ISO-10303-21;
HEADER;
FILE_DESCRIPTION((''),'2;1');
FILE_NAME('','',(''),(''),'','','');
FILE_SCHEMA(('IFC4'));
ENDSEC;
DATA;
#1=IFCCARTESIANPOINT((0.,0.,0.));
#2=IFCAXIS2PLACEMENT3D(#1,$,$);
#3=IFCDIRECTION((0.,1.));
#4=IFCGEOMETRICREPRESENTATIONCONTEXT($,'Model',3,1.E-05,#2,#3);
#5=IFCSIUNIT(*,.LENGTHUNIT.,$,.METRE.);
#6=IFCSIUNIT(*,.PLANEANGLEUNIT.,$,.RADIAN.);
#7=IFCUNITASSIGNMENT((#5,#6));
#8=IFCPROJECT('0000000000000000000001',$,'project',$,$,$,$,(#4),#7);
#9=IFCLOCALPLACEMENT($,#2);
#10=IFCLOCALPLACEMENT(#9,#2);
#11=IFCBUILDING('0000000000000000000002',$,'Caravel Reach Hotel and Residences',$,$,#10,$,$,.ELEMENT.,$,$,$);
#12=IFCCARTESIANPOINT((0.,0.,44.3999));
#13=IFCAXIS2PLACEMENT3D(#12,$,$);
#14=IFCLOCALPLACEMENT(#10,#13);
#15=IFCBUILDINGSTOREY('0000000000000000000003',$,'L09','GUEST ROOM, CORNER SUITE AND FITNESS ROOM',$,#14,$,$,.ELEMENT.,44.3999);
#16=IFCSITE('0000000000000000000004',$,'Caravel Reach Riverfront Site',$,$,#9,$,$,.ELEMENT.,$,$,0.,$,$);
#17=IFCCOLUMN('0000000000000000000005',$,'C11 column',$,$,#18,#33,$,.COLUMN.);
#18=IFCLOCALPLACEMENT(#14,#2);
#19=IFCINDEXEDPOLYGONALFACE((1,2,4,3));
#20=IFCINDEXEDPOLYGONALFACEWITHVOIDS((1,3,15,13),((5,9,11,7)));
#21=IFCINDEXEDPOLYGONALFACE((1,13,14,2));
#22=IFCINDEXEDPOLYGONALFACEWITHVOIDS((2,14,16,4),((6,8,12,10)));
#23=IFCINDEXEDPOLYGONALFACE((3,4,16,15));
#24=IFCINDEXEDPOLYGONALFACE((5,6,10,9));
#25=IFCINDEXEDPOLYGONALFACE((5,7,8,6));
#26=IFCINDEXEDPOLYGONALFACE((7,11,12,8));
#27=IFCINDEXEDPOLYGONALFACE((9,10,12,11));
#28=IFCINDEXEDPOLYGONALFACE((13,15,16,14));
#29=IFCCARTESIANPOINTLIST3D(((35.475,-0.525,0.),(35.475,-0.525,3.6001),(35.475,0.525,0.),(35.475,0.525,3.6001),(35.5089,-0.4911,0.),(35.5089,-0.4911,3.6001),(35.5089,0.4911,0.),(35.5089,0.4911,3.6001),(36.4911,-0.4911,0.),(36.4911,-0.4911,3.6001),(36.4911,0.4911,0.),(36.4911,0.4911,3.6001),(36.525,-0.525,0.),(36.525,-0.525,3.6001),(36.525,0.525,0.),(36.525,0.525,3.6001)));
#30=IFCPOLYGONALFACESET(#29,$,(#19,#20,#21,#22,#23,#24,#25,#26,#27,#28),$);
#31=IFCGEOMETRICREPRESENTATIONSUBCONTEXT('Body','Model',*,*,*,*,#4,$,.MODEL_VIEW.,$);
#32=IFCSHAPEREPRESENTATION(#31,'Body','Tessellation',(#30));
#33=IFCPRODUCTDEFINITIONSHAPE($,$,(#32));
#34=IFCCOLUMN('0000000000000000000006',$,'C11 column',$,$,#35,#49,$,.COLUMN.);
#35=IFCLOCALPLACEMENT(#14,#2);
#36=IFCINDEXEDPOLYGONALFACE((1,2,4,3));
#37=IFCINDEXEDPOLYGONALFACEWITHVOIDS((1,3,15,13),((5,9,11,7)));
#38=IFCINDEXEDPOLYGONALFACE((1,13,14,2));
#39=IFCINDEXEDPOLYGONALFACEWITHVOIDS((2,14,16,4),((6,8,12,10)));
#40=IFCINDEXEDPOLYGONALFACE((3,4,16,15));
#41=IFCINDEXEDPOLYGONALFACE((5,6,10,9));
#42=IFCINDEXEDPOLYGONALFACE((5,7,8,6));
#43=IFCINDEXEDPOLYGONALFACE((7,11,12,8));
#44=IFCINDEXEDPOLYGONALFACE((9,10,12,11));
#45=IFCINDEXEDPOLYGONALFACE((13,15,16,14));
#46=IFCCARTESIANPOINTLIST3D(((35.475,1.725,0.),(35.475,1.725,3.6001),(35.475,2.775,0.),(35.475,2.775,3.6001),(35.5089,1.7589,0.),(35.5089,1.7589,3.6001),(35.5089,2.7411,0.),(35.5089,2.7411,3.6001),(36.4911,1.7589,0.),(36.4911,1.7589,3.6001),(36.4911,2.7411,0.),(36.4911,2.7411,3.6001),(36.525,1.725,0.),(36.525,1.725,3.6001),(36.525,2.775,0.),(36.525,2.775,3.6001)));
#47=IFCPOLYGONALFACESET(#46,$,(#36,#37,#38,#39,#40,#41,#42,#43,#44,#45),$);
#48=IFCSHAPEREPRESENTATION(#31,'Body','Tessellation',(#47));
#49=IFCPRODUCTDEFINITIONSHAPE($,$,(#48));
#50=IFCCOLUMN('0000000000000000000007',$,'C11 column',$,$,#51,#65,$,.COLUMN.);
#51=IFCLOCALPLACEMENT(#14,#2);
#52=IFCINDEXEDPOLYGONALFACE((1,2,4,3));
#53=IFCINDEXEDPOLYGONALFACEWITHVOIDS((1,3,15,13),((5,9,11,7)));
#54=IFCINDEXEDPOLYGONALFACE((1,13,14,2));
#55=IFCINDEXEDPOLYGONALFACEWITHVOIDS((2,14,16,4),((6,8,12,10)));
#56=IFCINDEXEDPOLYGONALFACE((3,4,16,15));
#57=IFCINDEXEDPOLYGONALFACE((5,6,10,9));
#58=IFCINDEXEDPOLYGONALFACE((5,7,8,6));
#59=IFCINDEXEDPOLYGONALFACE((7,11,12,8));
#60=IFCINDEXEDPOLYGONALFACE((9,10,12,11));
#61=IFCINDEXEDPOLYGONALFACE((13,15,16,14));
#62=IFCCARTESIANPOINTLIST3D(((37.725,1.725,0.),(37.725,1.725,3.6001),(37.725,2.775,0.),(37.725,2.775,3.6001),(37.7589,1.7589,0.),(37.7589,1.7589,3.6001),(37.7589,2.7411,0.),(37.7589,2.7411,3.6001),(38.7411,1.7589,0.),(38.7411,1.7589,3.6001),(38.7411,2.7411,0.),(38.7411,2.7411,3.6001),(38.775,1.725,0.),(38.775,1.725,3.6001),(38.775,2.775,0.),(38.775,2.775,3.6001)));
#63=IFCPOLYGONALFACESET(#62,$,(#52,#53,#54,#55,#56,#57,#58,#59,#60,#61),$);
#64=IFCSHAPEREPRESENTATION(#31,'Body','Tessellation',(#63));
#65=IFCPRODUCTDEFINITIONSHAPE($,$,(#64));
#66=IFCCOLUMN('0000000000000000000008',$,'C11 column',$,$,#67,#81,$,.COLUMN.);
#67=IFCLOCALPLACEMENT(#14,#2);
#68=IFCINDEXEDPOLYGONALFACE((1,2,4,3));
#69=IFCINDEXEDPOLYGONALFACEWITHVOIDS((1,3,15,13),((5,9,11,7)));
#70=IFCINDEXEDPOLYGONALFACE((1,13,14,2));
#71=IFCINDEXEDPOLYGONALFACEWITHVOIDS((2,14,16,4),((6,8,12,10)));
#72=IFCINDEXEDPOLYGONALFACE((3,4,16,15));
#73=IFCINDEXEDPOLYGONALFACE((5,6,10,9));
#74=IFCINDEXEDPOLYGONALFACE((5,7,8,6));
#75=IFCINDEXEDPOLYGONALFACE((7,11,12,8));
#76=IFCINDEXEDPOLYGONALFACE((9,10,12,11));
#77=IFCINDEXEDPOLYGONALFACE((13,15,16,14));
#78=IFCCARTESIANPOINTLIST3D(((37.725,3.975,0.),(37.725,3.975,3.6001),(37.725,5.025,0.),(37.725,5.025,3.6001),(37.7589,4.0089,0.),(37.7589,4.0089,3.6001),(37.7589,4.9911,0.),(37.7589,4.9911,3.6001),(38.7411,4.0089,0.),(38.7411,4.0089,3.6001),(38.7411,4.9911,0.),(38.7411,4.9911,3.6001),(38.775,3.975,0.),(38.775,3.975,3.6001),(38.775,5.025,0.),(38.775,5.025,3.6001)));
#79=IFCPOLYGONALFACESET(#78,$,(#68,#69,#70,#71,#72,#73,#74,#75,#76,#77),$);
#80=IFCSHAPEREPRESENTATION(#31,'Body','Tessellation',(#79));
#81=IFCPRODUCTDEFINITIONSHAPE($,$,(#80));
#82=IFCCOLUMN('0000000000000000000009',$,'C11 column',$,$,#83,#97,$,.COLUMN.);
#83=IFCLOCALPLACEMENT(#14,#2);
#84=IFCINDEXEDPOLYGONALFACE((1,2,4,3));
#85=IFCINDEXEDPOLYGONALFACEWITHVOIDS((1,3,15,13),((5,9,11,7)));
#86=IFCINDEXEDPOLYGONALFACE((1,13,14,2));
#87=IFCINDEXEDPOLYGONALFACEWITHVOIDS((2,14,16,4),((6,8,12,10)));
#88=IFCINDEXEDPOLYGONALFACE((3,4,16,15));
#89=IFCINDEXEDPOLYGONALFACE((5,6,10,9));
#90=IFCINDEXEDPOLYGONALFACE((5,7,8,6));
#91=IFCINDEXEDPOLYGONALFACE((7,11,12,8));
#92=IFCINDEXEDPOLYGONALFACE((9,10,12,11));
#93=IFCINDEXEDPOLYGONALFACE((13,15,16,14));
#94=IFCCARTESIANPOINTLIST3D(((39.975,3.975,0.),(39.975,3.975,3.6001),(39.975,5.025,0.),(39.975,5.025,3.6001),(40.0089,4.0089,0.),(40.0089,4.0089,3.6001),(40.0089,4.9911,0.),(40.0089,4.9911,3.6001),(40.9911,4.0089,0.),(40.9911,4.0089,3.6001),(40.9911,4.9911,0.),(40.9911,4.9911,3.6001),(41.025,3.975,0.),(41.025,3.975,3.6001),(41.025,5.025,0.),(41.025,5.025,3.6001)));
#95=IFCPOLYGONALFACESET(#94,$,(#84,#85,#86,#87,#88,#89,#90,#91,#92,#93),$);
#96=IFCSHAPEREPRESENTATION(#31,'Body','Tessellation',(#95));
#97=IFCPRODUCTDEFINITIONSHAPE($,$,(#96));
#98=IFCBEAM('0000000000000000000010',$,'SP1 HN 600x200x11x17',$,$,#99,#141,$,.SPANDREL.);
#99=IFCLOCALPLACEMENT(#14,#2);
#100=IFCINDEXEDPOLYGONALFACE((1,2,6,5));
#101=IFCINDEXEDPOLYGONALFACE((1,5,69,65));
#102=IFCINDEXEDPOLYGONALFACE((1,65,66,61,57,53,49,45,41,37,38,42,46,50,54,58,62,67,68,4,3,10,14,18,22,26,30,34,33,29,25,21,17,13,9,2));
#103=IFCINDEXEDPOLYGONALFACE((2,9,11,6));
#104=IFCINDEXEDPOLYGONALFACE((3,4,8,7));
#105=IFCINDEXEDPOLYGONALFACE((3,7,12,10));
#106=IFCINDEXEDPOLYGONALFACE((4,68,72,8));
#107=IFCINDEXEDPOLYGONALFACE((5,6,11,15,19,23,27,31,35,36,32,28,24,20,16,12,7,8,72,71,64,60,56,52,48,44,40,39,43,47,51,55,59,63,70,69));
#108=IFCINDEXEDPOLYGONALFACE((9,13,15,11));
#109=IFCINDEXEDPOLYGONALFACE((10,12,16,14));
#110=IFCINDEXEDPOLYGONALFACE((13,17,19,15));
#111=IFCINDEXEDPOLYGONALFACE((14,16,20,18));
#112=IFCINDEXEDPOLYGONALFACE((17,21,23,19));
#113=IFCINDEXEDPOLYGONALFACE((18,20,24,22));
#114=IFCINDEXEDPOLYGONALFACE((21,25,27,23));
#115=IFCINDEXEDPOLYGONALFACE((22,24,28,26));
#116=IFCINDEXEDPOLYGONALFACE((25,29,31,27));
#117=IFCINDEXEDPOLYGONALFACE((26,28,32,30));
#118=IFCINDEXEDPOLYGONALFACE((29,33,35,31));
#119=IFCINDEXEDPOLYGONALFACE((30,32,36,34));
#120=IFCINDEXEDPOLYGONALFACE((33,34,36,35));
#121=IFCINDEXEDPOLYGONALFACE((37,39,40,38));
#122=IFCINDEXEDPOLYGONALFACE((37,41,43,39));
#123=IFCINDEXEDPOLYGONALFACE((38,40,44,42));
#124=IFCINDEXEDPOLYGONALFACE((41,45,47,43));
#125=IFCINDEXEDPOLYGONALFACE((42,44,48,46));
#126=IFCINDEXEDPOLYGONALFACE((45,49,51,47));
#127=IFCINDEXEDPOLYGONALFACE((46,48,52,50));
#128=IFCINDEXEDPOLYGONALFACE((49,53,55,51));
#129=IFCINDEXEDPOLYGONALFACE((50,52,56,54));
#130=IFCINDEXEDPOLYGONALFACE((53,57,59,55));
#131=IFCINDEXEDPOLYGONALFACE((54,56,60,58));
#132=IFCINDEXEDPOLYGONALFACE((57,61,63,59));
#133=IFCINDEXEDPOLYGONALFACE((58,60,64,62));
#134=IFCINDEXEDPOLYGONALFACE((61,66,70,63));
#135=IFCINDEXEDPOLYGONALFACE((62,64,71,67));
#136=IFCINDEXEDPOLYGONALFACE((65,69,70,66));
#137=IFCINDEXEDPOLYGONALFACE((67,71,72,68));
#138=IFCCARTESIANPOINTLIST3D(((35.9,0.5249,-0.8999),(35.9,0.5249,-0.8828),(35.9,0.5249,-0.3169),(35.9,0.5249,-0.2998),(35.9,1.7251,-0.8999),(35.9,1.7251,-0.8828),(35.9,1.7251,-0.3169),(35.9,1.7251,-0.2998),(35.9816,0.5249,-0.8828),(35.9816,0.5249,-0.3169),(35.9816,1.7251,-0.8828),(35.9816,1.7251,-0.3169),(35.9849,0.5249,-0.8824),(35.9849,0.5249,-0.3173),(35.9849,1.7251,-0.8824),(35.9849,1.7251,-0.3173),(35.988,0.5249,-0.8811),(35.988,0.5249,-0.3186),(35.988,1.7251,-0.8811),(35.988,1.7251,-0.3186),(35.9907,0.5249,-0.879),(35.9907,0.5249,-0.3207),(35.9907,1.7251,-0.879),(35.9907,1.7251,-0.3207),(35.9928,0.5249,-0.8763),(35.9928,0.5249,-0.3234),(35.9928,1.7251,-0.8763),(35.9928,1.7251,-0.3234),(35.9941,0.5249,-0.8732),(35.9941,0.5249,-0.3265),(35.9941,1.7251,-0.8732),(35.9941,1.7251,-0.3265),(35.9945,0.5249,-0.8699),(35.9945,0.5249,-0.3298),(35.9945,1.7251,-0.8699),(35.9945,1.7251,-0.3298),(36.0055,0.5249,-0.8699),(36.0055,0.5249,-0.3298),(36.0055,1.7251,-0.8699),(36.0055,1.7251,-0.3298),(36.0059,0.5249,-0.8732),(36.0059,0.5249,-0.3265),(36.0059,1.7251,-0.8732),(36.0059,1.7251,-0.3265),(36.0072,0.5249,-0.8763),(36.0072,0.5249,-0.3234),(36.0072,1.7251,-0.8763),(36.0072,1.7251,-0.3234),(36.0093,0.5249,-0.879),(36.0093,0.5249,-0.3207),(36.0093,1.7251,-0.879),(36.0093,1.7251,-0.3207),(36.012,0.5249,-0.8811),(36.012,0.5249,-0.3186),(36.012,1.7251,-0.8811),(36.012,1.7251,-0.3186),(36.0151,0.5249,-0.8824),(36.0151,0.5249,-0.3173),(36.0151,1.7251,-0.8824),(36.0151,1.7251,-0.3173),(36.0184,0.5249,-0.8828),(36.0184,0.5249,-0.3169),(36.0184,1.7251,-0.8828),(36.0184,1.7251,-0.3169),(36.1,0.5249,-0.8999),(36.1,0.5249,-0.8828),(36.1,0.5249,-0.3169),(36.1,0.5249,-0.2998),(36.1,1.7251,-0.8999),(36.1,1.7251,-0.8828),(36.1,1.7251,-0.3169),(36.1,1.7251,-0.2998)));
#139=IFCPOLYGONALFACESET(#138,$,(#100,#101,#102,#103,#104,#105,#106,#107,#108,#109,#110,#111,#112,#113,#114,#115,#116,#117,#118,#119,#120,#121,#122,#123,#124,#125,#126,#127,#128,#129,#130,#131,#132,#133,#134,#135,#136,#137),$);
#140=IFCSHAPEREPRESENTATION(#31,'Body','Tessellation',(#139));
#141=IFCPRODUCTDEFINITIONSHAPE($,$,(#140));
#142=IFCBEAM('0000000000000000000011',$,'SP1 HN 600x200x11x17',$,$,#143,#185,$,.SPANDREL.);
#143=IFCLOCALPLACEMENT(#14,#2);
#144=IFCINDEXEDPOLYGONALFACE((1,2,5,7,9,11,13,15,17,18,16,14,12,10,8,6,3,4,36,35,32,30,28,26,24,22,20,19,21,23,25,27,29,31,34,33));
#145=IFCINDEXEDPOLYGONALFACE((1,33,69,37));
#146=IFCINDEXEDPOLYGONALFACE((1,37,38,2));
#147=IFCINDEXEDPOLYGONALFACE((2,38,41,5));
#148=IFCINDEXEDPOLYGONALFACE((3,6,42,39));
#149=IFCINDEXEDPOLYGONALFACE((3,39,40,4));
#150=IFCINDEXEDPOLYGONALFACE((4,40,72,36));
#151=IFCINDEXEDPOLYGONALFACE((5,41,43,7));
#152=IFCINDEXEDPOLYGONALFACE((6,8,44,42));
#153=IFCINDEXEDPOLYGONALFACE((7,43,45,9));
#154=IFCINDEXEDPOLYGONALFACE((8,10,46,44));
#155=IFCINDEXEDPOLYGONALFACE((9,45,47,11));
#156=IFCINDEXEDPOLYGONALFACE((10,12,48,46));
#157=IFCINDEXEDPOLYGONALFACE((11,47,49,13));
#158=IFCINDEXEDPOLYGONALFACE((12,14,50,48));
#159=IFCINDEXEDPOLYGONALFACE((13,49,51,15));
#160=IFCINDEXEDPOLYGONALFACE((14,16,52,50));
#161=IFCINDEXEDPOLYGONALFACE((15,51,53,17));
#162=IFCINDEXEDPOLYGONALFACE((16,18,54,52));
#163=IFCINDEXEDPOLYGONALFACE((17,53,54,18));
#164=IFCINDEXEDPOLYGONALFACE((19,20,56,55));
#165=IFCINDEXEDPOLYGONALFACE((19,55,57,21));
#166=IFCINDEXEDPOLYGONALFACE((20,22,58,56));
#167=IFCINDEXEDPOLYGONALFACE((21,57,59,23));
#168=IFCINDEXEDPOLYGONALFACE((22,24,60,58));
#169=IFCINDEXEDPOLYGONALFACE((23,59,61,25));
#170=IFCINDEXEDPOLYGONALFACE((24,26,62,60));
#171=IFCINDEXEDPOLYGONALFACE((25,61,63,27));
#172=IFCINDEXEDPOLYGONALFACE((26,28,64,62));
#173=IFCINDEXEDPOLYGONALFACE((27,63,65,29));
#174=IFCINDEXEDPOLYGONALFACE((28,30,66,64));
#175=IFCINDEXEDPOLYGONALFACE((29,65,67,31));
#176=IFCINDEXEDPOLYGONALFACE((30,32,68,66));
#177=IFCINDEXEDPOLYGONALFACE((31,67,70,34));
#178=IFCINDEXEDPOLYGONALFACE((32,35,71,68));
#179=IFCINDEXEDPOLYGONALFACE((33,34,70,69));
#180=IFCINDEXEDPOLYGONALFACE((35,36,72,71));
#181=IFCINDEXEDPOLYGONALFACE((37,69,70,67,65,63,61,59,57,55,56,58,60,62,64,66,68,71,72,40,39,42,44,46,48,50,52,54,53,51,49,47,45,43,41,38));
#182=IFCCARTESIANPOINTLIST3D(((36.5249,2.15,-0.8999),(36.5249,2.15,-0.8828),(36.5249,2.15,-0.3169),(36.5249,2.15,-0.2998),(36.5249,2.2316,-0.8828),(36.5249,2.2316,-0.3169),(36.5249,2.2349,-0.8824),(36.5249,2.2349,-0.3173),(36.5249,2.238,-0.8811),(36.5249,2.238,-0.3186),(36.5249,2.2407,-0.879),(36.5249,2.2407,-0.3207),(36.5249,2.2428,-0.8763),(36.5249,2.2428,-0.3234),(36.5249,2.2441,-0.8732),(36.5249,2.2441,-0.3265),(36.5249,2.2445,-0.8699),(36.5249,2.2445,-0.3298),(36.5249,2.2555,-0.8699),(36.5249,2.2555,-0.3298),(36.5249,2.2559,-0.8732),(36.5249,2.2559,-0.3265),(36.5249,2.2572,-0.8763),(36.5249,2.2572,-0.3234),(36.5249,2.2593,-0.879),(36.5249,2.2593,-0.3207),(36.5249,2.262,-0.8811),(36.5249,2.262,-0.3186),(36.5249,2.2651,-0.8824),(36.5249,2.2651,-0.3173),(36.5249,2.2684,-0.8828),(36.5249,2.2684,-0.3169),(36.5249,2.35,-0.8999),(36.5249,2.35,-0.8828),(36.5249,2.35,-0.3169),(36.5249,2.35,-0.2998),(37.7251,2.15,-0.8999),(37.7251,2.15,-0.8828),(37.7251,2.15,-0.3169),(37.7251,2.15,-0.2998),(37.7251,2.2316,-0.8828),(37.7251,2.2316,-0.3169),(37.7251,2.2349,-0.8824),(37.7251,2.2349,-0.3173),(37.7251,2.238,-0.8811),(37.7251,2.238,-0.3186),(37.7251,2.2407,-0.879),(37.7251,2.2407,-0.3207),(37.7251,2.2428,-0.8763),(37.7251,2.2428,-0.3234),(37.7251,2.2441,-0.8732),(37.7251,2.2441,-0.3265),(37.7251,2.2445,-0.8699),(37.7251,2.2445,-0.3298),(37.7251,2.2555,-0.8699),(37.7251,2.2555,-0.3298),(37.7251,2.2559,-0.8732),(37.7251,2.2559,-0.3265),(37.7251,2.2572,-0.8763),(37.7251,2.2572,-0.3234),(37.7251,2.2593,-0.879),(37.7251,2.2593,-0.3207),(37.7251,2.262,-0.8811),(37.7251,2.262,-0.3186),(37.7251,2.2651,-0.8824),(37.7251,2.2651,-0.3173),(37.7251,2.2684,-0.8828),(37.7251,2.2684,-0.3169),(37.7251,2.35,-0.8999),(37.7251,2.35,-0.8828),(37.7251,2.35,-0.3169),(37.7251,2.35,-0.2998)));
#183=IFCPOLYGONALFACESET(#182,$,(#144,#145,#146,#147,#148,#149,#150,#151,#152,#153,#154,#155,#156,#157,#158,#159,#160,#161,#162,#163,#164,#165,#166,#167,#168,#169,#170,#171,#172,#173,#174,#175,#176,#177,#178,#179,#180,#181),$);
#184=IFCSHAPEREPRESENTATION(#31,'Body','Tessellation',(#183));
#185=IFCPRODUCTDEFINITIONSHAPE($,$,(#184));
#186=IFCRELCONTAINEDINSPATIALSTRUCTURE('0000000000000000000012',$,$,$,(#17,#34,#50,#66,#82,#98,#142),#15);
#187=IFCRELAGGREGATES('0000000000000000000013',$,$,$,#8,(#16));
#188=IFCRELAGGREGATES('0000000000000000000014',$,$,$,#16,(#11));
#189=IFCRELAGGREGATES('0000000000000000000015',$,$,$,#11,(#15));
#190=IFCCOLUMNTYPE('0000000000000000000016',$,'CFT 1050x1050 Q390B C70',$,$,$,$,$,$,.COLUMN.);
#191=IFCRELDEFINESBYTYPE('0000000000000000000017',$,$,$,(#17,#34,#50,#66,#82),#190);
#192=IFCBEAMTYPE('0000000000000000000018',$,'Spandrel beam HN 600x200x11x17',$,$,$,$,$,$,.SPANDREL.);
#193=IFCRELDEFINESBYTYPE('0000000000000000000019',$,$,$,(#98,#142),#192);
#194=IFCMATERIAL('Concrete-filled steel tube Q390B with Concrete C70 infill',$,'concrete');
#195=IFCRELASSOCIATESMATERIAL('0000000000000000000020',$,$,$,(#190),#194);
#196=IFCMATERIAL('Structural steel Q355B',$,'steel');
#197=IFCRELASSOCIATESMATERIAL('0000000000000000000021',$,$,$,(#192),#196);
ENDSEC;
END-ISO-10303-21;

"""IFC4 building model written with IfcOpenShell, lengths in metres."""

from ifc_helpers import new_model, si_unit, direction, frame, origin, origin_2d, place, context, subcontext, project, spatial, hollow_rectangle, i_section, extrude, material, material_profile, profile_set, type_object, element, save


model = new_model("IFC4")

# Units and contexts
model_context = context("Model", 3, precision=1e-05, world=origin(), true_north=direction((0.0, 1.0)))
body_context = subcontext(model_context, "Body", "Model", "MODEL_VIEW")
ifc_project = project(units=[si_unit("LENGTHUNIT", "METRE"), si_unit("PLANEANGLEUNIT", "RADIAN")], contexts=[model_context])

# Site, building, storey
site_placement = place(None, origin())
site = spatial("IfcSite", under=ifc_project, at=site_placement, Name="Caravel Reach Riverfront Site", CompositionType="ELEMENT", RefElevation=0.0)
building_placement = place(site_placement, origin())
building = spatial("IfcBuilding", under=site, at=building_placement, Name="Caravel Reach Hotel and Residences", CompositionType="ELEMENT")
storey_placement = place(building_placement, frame((0.0, 0.0, 44.3999)))
storey = spatial("IfcBuildingStorey", under=building, at=storey_placement, Name="L09", Description="GUEST ROOM, CORNER SUITE AND FITNESS ROOM", CompositionType="ELEMENT", Elevation=44.3999)

# Columns
ifc_material_1 = material(Name="Concrete-filled steel tube Q390B with Concrete C70 infill", Category="concrete")
ifc_material_profile_1 = material_profile(ifc_material_1, hollow_rectangle(XDim=1.05, YDim=1.05, WallThickness=0.0339, at=origin_2d()), Name="RHS 1050x1050x34")
ifc_profile_set_1 = profile_set([ifc_material_profile_1], Name="Concrete-filled steel tube Q390B with Concrete C70 infill")
column_type = type_object("IfcColumnType", Name="CFT 1050x1050 Q390B C70", PredefinedType="COLUMN", material=ifc_profile_set_1)
for number, where, z_axis, x_axis, name in (
    (1, (36.0, 0.0, 0.0), (0.0, 0.0, 1.0), (1.0, 0.0, 0.0), "C11 column"),
    (2, (36.0, 2.25, 0.0), (0.0, 0.0, 1.0), (1.0, 0.0, 0.0), "C11 column"),
    (3, (38.25, 2.25, 0.0), (0.0, 0.0, 1.0), (1.0, 0.0, 0.0), "C11 column"),
    (4, (38.25, 4.5, 0.0), (0.0, 0.0, 1.0), (1.0, 0.0, 0.0), "C11 column"),
    (5, (40.5, 4.5, 0.0), (0.0, 0.0, 1.0), (1.0, 0.0, 0.0), "C11 column"),
):
    element("IfcColumn", number, at=place(storey_placement, frame(where, z_axis=z_axis, x_axis=x_axis)), inside=storey, type_object=column_type, Name=name, PredefinedType="COLUMN", context=body_context, shape_type="SweptSolid", body=[
        extrude(hollow_rectangle(XDim=1.05, YDim=1.05, WallThickness=0.0339, at=origin_2d()), origin(), (0.0, 0.0, 1.0), 3.6001),
    ])

# Beams
ifc_material_2 = material(Name="Structural steel Q355B", Category="steel")
ifc_material_profile_2 = material_profile(ifc_material_2, i_section(OverallWidth=0.2, OverallDepth=0.6001, WebThickness=0.011, FlangeThickness=0.0171, FilletRadius=0.0129, at=origin_2d()), Name="HN 600x200x11x17")
ifc_profile_set_2 = profile_set([ifc_material_profile_2], Name="Structural steel Q355B")
beam_type = type_object("IfcBeamType", Name="Spandrel beam HN 600x200x11x17", PredefinedType="SPANDREL", material=ifc_profile_set_2)
for number, where, z_axis, x_axis, name in (
    (6, (36.0, 0.5249, -0.5999), (0.0, 1.0, 0.0), (-1.0, 0.0, 0.0), "SP1 HN 600x200x11x17"),
    (7, (36.5249, 2.25, -0.5999), (1.0, 0.0, 0.0), (0.0, 1.0, 0.0), "SP1 HN 600x200x11x17"),
):
    element("IfcBeam", number, at=place(storey_placement, frame(where, z_axis=z_axis, x_axis=x_axis)), inside=storey, type_object=beam_type, Name=name, PredefinedType="SPANDREL", context=body_context, shape_type="SweptSolid", body=[
        extrude(i_section(OverallWidth=0.2, OverallDepth=0.6001, WebThickness=0.011, FlangeThickness=0.0171, FilletRadius=0.0129, at=origin_2d()), origin(), (0.0, 0.0, 1.0), 1.2002),
    ])

save(model, "model.ifc")
